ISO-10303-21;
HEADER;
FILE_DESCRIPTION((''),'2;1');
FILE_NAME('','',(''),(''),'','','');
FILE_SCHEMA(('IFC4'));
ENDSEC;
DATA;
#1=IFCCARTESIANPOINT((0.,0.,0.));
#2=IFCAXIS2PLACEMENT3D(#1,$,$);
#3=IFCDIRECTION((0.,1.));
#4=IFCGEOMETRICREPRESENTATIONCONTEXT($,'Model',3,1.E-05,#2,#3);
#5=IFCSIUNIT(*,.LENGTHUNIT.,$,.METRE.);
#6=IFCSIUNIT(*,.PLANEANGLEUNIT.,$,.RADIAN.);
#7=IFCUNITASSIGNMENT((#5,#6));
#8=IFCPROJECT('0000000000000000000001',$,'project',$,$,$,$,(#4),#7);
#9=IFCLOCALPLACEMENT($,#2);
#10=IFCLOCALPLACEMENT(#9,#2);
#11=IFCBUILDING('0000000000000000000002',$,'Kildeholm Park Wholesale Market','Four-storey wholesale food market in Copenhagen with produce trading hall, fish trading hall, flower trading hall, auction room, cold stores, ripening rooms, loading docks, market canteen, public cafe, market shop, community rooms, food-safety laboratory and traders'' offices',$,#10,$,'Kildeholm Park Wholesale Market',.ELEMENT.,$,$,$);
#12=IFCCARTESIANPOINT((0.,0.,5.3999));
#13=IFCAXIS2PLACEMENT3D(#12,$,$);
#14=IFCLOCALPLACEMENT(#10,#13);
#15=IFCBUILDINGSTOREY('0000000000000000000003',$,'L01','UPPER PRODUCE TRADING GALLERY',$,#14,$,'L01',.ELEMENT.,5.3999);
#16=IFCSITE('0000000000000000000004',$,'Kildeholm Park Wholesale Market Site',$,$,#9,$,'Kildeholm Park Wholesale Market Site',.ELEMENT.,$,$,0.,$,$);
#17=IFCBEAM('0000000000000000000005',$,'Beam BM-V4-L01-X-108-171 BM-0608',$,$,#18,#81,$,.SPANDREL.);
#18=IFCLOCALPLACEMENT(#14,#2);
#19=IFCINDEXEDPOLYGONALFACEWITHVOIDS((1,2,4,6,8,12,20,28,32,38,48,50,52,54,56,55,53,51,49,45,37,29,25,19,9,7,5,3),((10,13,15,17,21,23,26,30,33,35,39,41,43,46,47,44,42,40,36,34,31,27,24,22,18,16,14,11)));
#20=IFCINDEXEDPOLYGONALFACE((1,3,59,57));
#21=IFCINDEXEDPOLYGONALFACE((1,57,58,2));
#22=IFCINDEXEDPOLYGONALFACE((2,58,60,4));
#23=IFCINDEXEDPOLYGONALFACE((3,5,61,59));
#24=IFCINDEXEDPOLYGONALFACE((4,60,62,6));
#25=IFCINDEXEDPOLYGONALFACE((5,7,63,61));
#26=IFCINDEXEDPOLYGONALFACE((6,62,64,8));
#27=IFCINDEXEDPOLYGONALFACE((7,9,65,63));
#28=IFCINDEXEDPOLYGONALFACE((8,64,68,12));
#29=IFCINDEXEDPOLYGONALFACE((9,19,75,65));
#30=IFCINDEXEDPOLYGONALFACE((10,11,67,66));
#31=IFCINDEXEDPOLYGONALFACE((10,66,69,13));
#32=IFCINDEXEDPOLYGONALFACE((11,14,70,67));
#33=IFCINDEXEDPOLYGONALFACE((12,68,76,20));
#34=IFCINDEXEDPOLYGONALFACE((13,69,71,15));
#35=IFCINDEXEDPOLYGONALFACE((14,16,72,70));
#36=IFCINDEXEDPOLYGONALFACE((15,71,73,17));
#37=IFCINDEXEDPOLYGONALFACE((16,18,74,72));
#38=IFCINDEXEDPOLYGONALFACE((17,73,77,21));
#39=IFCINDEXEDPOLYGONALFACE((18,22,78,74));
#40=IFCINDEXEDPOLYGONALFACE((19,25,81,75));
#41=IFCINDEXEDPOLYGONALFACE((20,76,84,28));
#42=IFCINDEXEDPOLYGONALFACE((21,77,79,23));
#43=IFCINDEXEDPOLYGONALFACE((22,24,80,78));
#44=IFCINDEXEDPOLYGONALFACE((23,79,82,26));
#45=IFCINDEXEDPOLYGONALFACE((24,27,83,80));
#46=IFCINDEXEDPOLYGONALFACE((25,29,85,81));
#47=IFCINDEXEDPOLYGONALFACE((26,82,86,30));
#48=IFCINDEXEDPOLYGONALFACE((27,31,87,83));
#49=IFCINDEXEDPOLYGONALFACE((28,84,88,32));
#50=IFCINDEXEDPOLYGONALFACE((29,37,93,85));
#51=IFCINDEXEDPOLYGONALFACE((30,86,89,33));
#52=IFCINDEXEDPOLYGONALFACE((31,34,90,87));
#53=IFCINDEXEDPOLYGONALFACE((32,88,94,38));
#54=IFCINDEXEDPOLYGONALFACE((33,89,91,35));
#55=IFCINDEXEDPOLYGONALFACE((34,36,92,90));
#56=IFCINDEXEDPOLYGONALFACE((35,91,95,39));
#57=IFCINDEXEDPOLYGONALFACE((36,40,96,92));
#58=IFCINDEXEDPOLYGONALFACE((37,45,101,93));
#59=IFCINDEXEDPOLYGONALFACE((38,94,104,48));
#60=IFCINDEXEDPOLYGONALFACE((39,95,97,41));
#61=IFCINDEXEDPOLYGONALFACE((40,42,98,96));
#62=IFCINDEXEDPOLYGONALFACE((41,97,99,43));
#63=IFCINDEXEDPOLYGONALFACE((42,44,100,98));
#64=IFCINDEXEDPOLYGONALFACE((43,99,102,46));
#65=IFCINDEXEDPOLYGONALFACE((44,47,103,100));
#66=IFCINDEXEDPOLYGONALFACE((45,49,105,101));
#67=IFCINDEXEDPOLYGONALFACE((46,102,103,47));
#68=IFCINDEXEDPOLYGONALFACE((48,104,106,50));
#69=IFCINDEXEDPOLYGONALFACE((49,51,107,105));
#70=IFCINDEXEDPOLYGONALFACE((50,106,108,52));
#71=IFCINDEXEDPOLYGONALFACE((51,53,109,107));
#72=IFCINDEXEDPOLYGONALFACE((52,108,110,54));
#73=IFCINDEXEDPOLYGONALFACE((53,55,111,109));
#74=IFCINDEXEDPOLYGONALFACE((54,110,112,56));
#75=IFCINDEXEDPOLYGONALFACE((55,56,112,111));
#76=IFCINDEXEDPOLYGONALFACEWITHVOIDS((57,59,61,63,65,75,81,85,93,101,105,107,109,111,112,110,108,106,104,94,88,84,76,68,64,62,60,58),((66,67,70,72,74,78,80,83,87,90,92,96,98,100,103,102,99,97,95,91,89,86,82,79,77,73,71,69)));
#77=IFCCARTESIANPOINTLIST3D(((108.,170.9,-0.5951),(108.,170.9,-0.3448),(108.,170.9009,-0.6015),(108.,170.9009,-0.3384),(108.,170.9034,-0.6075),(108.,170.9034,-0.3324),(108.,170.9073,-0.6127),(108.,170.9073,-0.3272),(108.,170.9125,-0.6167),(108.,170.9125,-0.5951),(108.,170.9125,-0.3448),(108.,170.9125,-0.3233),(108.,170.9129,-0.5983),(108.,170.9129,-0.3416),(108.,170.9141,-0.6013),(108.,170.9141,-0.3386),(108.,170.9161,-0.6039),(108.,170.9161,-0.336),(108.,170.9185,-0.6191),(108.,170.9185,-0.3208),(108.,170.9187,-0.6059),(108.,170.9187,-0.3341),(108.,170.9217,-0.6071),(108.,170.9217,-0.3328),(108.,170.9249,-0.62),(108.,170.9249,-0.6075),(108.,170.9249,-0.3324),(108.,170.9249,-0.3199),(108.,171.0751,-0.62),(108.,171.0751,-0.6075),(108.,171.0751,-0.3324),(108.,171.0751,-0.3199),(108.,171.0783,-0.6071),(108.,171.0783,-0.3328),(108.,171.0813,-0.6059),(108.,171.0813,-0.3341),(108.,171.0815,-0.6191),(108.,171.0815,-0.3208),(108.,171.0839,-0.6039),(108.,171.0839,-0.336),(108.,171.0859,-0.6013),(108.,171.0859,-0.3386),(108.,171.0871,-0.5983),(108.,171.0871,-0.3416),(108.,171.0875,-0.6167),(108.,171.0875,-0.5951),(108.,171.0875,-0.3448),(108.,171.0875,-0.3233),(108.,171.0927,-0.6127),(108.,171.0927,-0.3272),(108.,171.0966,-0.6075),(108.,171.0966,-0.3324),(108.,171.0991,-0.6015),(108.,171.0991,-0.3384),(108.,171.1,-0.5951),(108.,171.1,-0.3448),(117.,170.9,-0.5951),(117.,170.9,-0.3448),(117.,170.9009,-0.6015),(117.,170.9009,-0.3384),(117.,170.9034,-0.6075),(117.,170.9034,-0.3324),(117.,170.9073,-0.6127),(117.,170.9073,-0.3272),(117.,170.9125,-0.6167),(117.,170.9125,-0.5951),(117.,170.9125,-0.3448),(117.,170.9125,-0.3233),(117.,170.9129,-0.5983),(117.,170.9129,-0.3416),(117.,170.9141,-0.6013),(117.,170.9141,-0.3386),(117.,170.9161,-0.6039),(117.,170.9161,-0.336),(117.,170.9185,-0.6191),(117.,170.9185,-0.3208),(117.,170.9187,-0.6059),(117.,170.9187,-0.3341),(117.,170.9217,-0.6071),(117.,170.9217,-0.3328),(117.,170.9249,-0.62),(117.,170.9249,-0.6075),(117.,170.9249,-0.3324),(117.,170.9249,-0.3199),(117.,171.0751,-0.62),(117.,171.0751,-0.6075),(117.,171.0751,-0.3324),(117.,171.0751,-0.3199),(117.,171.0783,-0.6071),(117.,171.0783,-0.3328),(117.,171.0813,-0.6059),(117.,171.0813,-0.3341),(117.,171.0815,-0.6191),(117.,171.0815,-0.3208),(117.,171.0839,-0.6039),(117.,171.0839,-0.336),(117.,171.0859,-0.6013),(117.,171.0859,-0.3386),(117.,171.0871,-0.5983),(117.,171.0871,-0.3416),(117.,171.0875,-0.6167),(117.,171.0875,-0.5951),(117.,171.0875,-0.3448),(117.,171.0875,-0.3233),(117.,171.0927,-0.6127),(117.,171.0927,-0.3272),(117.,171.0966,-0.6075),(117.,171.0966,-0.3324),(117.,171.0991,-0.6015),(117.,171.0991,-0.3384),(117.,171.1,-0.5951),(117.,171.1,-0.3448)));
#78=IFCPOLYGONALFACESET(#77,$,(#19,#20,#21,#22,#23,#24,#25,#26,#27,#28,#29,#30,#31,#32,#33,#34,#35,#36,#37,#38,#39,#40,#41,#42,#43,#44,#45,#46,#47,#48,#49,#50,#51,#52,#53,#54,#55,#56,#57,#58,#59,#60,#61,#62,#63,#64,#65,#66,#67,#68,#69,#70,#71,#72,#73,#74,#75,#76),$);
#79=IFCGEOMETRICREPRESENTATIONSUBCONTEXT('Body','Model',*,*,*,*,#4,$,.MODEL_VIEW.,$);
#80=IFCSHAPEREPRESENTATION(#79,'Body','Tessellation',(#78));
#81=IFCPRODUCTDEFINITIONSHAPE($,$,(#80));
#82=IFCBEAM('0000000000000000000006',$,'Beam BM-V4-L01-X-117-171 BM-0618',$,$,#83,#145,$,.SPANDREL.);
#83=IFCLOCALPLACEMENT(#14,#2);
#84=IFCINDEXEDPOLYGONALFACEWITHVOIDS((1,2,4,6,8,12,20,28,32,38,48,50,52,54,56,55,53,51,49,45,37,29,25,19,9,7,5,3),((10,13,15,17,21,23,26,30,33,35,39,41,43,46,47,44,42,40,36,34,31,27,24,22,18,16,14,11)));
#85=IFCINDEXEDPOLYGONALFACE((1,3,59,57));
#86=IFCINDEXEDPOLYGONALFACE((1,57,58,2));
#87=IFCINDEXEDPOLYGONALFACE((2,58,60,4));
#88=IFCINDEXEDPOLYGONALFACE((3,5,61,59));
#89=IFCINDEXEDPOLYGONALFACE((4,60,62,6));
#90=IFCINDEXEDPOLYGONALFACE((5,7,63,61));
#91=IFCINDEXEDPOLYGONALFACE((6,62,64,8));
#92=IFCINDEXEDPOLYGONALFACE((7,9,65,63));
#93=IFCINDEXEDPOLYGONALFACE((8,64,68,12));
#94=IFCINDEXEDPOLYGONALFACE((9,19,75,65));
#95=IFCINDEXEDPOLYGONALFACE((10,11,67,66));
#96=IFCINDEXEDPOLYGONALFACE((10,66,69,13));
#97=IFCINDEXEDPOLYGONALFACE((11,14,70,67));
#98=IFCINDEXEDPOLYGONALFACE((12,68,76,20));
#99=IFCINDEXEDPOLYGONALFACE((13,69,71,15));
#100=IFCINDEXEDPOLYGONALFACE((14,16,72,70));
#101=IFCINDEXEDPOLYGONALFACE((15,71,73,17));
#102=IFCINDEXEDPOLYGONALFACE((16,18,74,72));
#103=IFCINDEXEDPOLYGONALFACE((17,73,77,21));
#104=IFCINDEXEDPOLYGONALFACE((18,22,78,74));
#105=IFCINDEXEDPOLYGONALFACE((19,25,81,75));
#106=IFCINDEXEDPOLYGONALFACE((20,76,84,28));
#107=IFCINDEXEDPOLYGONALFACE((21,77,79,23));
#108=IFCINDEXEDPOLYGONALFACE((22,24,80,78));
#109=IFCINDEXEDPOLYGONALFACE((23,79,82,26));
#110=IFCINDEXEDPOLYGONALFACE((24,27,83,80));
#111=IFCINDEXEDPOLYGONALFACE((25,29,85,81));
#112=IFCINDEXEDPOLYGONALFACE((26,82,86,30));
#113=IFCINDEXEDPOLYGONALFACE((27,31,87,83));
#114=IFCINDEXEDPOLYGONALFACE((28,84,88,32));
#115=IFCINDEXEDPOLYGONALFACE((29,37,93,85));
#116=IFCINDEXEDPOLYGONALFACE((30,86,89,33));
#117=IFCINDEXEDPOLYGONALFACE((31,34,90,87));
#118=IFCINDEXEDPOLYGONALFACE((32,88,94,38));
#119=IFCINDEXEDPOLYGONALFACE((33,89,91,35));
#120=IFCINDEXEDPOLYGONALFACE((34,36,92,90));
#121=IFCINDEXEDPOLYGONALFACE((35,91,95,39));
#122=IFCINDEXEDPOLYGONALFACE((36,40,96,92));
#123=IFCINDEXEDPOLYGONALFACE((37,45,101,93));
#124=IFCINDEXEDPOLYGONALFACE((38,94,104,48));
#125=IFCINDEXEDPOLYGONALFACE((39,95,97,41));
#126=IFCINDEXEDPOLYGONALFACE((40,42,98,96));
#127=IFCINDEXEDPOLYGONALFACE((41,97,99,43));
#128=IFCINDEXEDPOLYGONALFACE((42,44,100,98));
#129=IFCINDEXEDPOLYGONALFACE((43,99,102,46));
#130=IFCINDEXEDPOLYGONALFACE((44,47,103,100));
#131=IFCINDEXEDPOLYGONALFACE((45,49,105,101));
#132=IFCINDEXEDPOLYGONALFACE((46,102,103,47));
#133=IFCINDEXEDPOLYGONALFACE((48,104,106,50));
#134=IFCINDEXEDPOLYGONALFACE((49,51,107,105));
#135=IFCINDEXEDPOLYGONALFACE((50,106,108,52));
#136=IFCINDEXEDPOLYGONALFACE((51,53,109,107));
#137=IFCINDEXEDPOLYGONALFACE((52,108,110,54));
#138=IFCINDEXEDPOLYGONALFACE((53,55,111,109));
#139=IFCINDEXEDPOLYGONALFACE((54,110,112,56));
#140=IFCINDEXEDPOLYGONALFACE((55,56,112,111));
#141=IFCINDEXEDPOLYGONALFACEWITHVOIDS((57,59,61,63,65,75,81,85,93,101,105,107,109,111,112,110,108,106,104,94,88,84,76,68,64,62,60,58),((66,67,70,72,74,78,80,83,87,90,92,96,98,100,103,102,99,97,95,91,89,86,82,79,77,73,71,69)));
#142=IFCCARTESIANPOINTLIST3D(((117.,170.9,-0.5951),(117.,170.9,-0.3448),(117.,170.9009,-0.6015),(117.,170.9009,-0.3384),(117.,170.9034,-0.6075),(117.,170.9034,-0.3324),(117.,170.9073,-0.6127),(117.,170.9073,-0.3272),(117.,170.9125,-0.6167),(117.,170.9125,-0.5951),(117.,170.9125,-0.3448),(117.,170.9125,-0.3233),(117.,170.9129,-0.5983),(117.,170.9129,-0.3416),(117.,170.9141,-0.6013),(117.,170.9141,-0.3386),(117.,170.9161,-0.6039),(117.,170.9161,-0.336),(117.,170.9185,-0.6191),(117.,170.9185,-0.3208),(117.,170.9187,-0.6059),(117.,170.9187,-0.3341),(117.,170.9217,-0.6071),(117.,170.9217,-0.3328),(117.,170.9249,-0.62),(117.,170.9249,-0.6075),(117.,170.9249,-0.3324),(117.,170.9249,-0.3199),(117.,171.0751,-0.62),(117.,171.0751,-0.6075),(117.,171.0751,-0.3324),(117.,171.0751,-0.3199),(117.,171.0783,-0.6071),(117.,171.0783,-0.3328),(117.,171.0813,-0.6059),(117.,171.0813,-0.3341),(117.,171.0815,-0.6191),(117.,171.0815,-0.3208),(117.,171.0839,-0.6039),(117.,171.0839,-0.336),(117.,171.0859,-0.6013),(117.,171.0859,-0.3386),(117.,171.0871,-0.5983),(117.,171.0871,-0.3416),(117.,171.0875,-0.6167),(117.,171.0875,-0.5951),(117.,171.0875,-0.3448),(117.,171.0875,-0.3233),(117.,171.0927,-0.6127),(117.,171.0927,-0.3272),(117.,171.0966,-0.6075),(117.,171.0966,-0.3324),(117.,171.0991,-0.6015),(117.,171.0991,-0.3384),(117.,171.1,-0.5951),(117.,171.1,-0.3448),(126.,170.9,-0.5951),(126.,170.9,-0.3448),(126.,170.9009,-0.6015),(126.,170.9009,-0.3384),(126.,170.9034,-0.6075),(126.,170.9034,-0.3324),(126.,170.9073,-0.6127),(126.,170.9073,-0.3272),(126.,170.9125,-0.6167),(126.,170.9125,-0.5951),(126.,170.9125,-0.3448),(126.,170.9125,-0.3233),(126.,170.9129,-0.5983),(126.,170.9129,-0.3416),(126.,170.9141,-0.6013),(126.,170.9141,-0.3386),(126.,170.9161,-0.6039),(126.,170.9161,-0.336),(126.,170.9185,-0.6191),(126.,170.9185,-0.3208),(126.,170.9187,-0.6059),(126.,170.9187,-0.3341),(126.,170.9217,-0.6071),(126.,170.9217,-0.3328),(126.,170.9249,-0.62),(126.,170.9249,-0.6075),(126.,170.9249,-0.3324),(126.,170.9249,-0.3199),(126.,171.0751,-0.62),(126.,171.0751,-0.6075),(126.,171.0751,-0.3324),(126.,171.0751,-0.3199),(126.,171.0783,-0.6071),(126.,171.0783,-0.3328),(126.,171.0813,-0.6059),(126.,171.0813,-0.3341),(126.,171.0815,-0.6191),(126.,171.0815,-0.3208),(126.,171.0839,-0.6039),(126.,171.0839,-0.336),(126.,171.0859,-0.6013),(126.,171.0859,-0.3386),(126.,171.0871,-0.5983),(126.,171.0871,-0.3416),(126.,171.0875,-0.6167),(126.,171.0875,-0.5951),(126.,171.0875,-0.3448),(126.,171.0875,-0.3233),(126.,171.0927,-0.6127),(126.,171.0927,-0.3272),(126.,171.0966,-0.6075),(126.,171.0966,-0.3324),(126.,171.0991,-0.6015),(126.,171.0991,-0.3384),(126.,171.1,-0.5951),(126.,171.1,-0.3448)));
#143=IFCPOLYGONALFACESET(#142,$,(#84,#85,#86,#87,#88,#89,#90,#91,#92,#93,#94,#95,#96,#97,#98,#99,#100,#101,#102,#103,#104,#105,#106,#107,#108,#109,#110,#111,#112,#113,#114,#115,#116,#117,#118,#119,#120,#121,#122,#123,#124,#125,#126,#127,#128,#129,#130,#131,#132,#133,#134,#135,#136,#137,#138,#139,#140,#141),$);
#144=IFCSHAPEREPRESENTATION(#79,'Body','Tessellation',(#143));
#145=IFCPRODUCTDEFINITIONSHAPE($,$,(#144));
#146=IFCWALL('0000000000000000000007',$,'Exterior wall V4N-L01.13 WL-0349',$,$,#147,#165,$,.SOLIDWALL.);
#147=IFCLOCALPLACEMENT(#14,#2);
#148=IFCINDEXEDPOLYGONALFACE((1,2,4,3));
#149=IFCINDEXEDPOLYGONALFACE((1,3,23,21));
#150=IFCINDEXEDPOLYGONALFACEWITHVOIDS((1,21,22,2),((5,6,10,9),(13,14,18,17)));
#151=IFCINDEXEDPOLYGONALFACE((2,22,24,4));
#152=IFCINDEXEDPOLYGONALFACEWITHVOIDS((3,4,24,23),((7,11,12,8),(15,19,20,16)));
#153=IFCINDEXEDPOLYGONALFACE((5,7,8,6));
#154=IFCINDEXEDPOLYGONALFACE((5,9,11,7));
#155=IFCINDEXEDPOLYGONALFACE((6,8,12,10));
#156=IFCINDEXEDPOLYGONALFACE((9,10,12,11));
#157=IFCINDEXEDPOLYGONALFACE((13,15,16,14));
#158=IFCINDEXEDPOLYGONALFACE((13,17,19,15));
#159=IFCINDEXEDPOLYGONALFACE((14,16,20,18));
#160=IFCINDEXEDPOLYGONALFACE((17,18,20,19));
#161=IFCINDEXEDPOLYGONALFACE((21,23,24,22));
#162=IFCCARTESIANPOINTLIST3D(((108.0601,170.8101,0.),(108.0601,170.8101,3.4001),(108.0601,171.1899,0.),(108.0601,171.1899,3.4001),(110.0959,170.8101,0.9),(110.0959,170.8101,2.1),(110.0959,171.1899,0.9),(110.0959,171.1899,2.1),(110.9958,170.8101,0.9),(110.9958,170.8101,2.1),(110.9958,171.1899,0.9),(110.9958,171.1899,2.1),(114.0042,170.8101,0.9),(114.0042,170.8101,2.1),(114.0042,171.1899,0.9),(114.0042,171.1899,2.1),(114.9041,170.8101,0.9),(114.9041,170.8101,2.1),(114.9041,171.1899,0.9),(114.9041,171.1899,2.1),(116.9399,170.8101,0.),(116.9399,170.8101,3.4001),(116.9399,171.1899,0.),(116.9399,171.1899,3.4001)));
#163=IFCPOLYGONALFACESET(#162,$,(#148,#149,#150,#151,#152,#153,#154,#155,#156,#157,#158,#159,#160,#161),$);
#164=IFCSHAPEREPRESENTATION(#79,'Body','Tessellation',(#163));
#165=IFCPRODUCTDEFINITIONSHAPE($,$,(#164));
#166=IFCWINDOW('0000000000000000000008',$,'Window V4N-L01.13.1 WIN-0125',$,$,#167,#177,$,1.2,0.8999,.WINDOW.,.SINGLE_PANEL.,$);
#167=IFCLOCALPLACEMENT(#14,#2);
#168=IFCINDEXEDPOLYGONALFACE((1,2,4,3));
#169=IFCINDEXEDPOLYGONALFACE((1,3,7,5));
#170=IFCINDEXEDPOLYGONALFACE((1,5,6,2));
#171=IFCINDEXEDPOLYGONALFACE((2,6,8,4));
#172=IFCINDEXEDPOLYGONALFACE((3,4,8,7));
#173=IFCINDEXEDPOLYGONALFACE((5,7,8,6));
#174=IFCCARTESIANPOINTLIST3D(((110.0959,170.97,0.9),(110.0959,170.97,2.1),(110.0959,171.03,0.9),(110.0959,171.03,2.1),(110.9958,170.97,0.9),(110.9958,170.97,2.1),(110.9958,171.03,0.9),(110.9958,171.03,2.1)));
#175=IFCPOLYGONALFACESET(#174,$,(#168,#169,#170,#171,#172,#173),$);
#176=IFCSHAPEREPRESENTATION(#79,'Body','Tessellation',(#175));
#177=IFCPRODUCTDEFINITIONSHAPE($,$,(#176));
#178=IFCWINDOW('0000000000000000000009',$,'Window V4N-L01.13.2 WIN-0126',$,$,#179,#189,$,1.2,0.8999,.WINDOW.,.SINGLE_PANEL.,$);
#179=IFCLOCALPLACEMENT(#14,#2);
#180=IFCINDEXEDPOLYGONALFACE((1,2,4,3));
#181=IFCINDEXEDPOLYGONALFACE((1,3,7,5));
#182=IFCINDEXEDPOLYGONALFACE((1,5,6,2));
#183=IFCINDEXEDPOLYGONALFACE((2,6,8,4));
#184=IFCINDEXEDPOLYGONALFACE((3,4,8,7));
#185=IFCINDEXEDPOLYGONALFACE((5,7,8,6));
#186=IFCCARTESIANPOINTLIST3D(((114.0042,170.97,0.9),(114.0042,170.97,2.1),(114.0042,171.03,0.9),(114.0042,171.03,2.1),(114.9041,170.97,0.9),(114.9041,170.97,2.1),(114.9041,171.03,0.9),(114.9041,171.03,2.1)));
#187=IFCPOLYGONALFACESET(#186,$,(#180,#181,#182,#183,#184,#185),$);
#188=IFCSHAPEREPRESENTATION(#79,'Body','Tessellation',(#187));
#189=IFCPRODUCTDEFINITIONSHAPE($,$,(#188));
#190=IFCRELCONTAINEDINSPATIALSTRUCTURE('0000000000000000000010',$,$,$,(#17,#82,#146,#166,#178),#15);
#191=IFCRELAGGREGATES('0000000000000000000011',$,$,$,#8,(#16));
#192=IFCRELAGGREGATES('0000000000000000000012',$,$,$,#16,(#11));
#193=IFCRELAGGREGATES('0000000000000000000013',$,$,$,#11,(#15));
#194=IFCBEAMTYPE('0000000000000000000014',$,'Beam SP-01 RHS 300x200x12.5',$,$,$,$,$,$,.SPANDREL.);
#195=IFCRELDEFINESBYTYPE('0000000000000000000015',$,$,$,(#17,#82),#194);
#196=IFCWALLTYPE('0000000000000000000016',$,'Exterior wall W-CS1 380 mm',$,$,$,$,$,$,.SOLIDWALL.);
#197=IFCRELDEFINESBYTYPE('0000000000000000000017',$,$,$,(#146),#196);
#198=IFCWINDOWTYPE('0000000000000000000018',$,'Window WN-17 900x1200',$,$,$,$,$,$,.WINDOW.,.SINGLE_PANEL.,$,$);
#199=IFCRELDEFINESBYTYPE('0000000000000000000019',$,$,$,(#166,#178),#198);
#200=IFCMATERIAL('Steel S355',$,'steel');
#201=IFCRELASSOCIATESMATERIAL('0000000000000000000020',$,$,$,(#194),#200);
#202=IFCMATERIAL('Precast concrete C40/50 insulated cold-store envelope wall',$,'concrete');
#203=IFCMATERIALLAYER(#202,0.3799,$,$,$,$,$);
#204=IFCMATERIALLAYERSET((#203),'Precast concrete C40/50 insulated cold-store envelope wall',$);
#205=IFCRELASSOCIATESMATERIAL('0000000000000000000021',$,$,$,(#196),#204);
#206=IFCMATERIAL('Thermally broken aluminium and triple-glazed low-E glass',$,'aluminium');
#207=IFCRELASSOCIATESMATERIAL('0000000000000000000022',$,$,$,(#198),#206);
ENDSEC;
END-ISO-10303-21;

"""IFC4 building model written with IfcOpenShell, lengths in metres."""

from ifc_helpers import new_model, si_unit, direction, frame, frame_2d, origin, origin_2d, place, context, subcontext, project, spatial, rectangle, hollow_rectangle, extrude, material, layer, layer_set, material_profile, profile_set, type_object, element, fill, save


model = new_model("IFC4")

# Units and contexts
model_context = context("Model", 3, precision=1e-05, world=origin(), true_north=direction((0.0, 1.0)))
body_context = subcontext(model_context, "Body", "Model", "MODEL_VIEW")
ifc_project = project(units=[si_unit("LENGTHUNIT", "METRE"), si_unit("PLANEANGLEUNIT", "RADIAN")], contexts=[model_context])

# Site, building, storey
site_placement = place(None, origin())
site = spatial("IfcSite", under=ifc_project, at=site_placement, Name="Kildeholm Park Wholesale Market Site", LongName="Kildeholm Park Wholesale Market Site", CompositionType="ELEMENT", RefElevation=0.0)
building_placement = place(site_placement, origin())
building = spatial("IfcBuilding", under=site, at=building_placement, Name="Kildeholm Park Wholesale Market", Description="Four-storey wholesale food market in Copenhagen with produce trading hall, fish trading hall, flower trading hall, auction room, cold stores, ripening rooms, loading docks, market canteen, public cafe, market shop, community rooms, food-safety laboratory and traders' offices", LongName="Kildeholm Park Wholesale Market", CompositionType="ELEMENT")
storey_placement = place(building_placement, frame((0.0, 0.0, 5.3999)))
storey = spatial("IfcBuildingStorey", under=building, at=storey_placement, Name="L01", Description="UPPER PRODUCE TRADING GALLERY", LongName="L01", CompositionType="ELEMENT", Elevation=5.3999)

# Beams
ifc_material_1 = material(Name="Steel S355", Category="steel")
ifc_material_profile_1 = material_profile(ifc_material_1, hollow_rectangle(XDim=0.2, YDim=0.3, WallThickness=0.0125, InnerFilletRadius=0.0125, OuterFilletRadius=0.0249, at=origin_2d()), Name="RHS 300x200x12.5")
ifc_profile_set_1 = profile_set([ifc_material_profile_1], Name="Steel S355")
beam_type_1 = type_object("IfcBeamType", Name="Beam SP-01 RHS 300x200x12.5", PredefinedType="SPANDREL", material=ifc_profile_set_1)
for number, where, z_axis, x_axis, name in (
    (1, (108.0, 171.0, -0.47), (1.0, 0.0, 0.0), (0.0, 1.0, 0.0), "Beam BM-V4-L01-X-108-171 BM-0608"),
    (2, (117.0, 171.0, -0.47), (1.0, 0.0, 0.0), (0.0, 1.0, 0.0), "Beam BM-V4-L01-X-117-171 BM-0618"),
):
    element("IfcBeam", number, at=place(storey_placement, frame(where, z_axis=z_axis, x_axis=x_axis)), inside=storey, type_object=beam_type_1, Name=name, PredefinedType="SPANDREL", context=body_context, shape_type="SweptSolid", body=[
        extrude(hollow_rectangle(XDim=0.2, YDim=0.3, WallThickness=0.0125, InnerFilletRadius=0.0125, OuterFilletRadius=0.0249, at=origin_2d()), origin(), (0.0, 0.0, 1.0), 9.0),
    ])

# Wall, openings, windows
ifc_material_2 = material(Name="Precast concrete C40/50 insulated cold-store envelope wall", Category="concrete")
ifc_layer_1 = layer(ifc_material_2, 0.3799)
ifc_layer_set_1 = layer_set([ifc_layer_1], Name="Precast concrete C40/50 insulated cold-store envelope wall")
wall_type_1 = type_object("IfcWallType", Name="Exterior wall W-CS1 380 mm", PredefinedType="SOLIDWALL", material=ifc_layer_set_1)
wall_1_placement = place(storey_placement, frame((108.0601, 171.0, 0.0), z_axis=(0.0, 0.0, 1.0), x_axis=(1.0, 0.0, 0.0)))
wall_1 = element("IfcWall", 3, at=wall_1_placement, inside=storey, type_object=wall_type_1, Name="Exterior wall V4N-L01.13 WL-0349", PredefinedType="SOLIDWALL", context=body_context, shape_type="SweptSolid", body=[
    extrude(rectangle(XDim=8.8799, YDim=0.3799, at=frame_2d((4.4399, 0.0))), origin(), (0.0, 0.0, 1.0), 3.4001),
])
opening_1_placement = place(wall_1_placement, frame((2.0359, 0.0, 0.8999)))
opening_1 = element("IfcOpeningElement", 4, at=opening_1_placement, cuts=wall_1, PredefinedType="OPENING", context=body_context, shape_type="SweptSolid", body=[
    extrude(rectangle(XDim=0.8999, YDim=1.2, at=frame_2d((0.45, 0.6001))), frame((0.0, 0.2, 0.0), z_axis=(0.0, -1.0, 0.0), x_axis=(1.0, 0.0, 0.0)), (0.0, 0.0, 1.0), 0.3999),
])
opening_2_placement = place(wall_1_placement, frame((5.9441, 0.0, 0.8999)))
opening_2 = element("IfcOpeningElement", 5, at=opening_2_placement, cuts=wall_1, PredefinedType="OPENING", context=body_context, shape_type="SweptSolid", body=[
    extrude(rectangle(XDim=0.8999, YDim=1.2, at=frame_2d((0.45, 0.6001))), frame((0.0, 0.2, 0.0), z_axis=(0.0, -1.0, 0.0), x_axis=(1.0, 0.0, 0.0)), (0.0, 0.0, 1.0), 0.3999),
])
ifc_material_3 = material(Name="Thermally broken aluminium and triple-glazed low-E glass", Category="aluminium")
window_type = type_object("IfcWindowType", Name="Window WN-17 900x1200", PartitioningType="SINGLE_PANEL", PredefinedType="WINDOW", material=ifc_material_3)
window_1_placement = place(opening_1_placement, origin())
window_1 = element("IfcWindow", 6, at=window_1_placement, inside=storey, type_object=window_type, Name="Window V4N-L01.13.1 WIN-0125", OverallHeight=1.2, OverallWidth=0.8999, PartitioningType="SINGLE_PANEL", PredefinedType="WINDOW", context=body_context, shape_type="SweptSolid", body=[
    extrude(rectangle(XDim=0.8999, YDim=1.2, at=frame_2d((0.45, 0.6001))), frame((0.0, 0.03, 0.0), z_axis=(0.0, -1.0, 0.0), x_axis=(1.0, 0.0, 0.0)), (0.0, 0.0, 1.0), 0.0601),
])
fill(opening_1, window_1)
window_2_placement = place(opening_2_placement, origin())
window_2 = element("IfcWindow", 7, at=window_2_placement, inside=storey, type_object=window_type, Name="Window V4N-L01.13.2 WIN-0126", OverallHeight=1.2, OverallWidth=0.8999, PartitioningType="SINGLE_PANEL", PredefinedType="WINDOW", context=body_context, shape_type="SweptSolid", body=[
    extrude(rectangle(XDim=0.8999, YDim=1.2, at=frame_2d((0.45, 0.6001))), frame((0.0, 0.03, 0.0), z_axis=(0.0, -1.0, 0.0), x_axis=(1.0, 0.0, 0.0)), (0.0, 0.0, 1.0), 0.0601),
])
fill(opening_2, window_2)

save(model, "model.ifc")
